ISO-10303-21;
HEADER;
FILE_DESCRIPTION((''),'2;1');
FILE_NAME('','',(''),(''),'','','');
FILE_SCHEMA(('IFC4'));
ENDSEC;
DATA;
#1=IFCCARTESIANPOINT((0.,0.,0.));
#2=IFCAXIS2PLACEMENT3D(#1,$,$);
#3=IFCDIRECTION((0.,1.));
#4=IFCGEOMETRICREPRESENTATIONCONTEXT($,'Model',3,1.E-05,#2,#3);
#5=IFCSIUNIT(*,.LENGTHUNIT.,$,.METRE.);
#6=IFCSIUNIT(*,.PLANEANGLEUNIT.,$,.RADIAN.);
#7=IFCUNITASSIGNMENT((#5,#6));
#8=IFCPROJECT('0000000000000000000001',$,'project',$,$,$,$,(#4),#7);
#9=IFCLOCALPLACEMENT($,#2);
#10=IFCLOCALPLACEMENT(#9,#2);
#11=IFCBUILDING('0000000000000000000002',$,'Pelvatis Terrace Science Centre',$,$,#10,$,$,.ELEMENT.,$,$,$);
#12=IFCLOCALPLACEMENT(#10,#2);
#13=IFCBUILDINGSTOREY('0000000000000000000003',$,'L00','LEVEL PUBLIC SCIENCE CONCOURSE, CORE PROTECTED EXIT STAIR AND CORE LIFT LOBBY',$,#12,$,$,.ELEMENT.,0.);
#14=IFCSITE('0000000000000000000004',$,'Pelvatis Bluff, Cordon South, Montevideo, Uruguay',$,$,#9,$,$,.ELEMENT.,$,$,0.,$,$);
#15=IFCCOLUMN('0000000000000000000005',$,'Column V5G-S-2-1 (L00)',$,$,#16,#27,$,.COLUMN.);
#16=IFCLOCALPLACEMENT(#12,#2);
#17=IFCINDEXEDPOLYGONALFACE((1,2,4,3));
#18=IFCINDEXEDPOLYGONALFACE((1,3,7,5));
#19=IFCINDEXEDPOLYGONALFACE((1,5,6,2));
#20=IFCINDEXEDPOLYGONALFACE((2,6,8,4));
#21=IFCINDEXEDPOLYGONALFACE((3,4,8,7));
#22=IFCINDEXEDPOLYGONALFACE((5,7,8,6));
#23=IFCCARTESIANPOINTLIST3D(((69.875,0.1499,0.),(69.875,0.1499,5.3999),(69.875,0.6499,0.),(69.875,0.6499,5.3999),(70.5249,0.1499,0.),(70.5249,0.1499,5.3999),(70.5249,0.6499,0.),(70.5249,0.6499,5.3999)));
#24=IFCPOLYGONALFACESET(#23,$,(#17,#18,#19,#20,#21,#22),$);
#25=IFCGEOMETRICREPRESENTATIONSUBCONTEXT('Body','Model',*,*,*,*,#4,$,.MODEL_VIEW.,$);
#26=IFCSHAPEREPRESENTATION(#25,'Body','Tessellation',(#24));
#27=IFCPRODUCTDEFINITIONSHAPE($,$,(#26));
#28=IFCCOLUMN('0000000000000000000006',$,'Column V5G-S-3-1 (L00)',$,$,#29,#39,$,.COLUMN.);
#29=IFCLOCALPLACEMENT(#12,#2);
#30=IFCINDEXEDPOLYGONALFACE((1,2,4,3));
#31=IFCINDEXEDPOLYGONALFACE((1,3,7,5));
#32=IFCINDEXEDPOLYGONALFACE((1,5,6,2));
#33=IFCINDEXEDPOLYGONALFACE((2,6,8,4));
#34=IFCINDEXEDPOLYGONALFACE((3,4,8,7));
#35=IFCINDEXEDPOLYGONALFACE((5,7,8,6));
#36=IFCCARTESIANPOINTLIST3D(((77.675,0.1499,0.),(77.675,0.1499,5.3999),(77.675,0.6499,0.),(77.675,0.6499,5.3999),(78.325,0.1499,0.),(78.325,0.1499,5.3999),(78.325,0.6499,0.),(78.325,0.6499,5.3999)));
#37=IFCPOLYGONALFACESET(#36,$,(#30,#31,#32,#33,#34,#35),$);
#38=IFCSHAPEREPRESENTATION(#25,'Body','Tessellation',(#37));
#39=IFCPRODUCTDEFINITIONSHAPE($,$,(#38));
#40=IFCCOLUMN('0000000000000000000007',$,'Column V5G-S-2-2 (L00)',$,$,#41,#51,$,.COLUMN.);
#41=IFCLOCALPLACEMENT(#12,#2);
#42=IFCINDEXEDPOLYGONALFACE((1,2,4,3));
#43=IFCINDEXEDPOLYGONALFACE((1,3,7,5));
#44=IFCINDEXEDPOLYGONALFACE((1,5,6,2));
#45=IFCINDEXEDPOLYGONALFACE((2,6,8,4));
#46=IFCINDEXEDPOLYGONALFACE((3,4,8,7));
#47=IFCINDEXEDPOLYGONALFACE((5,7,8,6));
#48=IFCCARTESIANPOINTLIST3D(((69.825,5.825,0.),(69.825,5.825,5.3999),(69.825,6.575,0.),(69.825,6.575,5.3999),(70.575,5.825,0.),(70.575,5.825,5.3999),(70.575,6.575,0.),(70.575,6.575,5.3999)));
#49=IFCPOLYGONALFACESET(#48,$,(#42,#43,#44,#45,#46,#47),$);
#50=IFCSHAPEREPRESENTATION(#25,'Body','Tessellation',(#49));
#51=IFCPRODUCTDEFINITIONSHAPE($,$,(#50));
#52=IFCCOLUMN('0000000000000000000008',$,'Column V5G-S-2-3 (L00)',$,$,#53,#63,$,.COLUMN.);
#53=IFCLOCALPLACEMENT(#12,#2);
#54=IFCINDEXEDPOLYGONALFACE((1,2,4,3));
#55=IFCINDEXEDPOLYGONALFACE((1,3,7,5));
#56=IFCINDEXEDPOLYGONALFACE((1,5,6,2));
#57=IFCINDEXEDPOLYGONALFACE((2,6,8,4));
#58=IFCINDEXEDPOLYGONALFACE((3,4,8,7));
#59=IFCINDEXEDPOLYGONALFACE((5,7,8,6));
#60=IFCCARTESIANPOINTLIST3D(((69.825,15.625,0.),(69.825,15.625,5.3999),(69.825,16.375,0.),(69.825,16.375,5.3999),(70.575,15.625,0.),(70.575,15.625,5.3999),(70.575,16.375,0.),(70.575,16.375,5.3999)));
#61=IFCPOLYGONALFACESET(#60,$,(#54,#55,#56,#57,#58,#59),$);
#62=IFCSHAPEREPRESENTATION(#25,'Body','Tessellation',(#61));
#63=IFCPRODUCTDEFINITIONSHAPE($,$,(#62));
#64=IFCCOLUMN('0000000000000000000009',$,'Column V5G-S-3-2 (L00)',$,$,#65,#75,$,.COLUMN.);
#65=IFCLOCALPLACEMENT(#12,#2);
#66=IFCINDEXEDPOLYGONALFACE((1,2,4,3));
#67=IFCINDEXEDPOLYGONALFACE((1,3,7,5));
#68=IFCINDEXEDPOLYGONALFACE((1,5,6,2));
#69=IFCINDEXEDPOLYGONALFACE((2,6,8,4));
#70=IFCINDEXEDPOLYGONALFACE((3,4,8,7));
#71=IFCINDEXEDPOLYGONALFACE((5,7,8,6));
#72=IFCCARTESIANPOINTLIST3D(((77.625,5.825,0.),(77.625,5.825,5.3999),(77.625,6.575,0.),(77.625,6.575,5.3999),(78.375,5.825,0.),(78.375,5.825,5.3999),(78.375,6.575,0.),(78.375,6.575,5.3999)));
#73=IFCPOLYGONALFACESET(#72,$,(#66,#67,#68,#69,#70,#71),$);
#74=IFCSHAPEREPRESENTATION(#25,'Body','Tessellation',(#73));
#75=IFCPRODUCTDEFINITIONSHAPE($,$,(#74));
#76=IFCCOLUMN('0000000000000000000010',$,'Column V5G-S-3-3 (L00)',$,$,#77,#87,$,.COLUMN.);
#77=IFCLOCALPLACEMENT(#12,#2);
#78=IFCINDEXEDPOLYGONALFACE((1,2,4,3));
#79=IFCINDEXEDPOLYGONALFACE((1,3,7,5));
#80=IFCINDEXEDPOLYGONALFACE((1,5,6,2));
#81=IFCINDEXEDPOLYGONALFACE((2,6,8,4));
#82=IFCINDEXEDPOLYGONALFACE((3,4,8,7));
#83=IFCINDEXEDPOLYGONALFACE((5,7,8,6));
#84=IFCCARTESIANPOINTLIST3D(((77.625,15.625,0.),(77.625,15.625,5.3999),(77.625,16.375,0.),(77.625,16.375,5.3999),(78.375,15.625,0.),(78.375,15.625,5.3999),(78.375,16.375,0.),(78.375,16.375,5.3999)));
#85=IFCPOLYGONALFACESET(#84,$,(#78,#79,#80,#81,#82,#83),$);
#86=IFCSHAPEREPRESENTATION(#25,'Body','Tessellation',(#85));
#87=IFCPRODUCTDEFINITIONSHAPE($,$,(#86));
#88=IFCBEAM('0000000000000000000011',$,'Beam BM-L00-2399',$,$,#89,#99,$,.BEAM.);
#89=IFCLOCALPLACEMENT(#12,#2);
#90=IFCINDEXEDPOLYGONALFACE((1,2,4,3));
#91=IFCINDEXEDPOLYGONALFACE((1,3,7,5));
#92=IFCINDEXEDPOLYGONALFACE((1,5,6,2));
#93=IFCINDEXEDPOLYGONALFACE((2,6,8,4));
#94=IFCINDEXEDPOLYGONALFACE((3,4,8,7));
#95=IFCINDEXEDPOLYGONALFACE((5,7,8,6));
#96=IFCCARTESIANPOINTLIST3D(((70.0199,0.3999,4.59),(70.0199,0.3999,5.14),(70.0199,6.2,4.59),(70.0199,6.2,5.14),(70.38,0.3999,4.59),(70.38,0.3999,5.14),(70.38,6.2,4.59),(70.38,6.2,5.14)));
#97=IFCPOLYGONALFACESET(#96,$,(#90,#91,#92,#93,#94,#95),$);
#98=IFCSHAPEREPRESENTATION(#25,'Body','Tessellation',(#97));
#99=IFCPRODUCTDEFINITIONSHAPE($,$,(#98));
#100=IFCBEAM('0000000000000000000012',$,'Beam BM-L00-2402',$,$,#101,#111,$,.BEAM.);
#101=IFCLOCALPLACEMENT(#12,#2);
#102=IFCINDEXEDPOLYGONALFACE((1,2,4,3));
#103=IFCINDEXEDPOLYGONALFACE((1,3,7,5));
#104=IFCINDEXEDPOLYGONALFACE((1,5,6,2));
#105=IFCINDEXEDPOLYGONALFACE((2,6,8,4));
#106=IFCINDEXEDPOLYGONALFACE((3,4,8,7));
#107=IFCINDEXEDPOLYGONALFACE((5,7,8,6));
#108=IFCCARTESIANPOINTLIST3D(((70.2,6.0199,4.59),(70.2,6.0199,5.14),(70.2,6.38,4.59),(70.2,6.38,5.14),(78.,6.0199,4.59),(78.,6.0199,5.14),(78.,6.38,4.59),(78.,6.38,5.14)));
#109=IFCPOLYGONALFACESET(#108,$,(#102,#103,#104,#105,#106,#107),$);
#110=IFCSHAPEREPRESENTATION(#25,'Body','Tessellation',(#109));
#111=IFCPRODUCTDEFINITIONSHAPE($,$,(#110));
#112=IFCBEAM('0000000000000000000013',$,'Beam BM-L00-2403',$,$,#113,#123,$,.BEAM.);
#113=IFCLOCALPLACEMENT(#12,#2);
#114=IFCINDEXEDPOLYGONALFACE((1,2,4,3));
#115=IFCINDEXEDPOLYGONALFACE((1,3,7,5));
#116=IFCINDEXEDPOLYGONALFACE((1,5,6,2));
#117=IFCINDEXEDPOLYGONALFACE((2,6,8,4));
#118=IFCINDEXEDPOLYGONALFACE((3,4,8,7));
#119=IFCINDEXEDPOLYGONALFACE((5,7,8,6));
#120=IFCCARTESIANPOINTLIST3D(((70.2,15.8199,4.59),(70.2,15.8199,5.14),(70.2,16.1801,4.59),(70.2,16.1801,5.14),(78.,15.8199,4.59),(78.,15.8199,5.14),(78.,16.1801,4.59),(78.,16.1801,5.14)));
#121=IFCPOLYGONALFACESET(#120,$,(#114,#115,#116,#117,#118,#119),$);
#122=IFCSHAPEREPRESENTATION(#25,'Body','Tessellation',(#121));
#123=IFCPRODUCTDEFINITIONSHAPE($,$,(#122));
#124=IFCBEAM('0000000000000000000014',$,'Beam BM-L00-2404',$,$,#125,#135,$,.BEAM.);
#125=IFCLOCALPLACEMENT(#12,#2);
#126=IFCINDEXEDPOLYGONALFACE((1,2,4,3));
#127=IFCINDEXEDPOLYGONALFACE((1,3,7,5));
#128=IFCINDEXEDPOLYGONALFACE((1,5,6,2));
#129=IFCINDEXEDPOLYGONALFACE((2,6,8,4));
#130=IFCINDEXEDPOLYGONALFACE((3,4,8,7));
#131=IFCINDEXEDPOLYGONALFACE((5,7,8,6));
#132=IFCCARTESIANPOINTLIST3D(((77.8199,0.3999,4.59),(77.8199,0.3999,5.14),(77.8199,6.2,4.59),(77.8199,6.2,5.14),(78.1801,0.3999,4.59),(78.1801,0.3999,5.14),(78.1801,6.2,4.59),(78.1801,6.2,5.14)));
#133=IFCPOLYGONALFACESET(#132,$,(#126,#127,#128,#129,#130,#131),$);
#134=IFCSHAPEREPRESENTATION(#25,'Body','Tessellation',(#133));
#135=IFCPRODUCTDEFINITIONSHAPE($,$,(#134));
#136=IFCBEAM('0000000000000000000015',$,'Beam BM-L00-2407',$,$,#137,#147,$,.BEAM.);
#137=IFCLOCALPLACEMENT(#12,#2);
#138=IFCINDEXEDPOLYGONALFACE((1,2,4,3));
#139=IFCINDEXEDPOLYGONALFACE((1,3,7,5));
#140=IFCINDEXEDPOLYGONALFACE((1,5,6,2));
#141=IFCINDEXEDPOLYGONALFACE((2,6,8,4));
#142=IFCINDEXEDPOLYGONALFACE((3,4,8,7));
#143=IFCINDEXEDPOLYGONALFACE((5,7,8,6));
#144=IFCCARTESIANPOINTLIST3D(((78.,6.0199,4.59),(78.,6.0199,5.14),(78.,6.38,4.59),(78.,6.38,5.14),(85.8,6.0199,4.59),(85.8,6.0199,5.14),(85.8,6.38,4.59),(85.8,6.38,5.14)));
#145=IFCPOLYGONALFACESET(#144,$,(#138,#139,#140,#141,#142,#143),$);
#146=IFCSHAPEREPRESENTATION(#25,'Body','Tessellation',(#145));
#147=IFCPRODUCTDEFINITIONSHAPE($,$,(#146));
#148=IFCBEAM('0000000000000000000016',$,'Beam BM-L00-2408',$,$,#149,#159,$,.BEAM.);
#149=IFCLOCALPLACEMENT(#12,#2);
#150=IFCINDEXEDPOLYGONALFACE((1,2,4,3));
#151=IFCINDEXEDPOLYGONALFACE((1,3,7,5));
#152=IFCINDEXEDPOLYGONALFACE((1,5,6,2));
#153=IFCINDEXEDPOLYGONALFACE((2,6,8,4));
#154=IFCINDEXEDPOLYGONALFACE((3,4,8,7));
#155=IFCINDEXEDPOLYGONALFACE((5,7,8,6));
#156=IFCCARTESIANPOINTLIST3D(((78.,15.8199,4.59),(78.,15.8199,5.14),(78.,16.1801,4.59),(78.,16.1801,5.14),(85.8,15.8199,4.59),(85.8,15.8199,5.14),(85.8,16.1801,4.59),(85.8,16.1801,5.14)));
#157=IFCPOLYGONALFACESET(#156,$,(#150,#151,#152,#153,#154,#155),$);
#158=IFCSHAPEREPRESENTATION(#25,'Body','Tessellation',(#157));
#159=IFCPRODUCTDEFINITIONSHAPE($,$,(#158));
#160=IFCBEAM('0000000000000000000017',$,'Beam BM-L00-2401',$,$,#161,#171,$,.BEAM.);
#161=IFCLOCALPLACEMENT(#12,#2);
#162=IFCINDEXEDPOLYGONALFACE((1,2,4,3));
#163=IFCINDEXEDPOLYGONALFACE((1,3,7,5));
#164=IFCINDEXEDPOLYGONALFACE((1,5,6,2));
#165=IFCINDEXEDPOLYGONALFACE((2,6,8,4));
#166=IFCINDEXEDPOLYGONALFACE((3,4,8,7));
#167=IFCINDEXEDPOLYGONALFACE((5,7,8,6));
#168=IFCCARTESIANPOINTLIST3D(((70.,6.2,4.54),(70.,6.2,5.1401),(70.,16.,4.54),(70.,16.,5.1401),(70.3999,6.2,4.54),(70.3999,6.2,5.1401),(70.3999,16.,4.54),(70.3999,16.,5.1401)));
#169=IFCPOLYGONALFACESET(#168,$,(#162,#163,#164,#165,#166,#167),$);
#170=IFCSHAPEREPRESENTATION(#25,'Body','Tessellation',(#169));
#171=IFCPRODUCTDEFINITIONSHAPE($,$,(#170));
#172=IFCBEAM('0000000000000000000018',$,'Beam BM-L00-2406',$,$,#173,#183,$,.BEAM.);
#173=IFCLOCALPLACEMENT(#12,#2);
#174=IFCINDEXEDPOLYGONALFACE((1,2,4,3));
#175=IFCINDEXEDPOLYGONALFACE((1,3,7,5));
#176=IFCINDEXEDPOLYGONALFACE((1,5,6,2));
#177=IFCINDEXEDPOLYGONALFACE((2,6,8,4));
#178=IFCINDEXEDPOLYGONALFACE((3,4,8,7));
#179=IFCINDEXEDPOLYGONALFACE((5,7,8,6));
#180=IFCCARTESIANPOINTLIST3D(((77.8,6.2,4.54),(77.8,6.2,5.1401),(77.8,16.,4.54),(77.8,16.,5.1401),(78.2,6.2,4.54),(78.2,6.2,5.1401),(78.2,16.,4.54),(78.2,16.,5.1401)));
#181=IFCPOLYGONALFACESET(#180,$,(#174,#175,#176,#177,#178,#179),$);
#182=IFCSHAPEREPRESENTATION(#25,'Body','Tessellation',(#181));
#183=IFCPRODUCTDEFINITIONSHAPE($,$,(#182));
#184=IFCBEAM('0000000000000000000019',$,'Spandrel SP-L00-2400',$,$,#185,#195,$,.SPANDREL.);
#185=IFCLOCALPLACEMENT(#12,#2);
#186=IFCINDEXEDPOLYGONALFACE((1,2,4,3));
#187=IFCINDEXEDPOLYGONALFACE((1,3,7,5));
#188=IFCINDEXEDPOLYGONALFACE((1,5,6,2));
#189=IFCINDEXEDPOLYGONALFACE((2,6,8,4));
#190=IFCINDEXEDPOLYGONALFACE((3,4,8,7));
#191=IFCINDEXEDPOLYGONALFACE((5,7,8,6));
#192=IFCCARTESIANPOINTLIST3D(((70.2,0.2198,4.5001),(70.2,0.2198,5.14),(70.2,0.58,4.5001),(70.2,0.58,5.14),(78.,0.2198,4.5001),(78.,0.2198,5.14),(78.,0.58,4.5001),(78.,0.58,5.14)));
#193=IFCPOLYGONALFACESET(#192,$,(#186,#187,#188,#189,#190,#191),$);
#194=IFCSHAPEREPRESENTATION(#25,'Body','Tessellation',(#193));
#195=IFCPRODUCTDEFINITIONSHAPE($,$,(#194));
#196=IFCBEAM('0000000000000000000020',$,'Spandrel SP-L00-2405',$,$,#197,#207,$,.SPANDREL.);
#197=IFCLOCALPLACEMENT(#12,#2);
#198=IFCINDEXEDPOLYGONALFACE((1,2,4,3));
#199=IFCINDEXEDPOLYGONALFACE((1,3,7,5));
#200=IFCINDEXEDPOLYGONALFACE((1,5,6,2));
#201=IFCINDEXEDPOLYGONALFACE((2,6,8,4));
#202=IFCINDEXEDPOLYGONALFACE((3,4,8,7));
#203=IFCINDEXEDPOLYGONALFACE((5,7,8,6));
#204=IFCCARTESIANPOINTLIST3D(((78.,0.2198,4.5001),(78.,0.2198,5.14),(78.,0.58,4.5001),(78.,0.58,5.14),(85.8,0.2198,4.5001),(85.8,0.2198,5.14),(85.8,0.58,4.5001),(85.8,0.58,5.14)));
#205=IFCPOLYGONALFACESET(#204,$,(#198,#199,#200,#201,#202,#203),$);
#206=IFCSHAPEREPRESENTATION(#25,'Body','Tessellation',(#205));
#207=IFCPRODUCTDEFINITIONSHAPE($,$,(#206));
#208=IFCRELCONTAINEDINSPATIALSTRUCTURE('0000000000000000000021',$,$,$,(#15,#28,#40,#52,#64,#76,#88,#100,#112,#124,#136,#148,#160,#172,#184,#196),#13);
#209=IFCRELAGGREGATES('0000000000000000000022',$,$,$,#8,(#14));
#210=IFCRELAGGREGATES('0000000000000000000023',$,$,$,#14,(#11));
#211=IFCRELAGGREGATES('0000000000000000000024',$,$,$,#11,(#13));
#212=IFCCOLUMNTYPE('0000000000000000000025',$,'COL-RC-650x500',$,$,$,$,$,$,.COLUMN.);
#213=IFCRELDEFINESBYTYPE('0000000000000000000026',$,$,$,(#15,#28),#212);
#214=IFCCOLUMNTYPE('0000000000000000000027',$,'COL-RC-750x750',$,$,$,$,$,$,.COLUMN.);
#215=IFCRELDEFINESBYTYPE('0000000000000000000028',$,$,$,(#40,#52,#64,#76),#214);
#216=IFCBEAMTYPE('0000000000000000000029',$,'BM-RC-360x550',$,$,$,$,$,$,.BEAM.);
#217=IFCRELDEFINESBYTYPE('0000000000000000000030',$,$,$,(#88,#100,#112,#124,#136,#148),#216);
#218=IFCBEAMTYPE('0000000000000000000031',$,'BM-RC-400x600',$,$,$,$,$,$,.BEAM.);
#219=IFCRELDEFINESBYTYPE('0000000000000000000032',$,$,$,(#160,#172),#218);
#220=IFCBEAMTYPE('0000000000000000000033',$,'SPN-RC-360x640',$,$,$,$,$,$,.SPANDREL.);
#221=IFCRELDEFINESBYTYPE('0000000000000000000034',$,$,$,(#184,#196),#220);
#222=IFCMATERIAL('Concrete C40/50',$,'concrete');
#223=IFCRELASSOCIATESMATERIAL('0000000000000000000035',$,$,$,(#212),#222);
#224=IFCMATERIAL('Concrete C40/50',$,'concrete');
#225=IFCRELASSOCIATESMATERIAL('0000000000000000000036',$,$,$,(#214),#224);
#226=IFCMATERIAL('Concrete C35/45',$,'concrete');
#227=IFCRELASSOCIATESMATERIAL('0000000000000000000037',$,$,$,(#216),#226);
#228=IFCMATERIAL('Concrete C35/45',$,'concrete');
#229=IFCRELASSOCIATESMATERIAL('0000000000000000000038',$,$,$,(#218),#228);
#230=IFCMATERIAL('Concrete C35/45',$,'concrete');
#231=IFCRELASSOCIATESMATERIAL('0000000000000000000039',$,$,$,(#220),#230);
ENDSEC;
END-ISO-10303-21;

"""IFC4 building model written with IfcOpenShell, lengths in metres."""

from ifc_helpers import new_model, si_unit, direction, frame, origin, origin_2d, place, context, subcontext, project, spatial, rectangle, extrude, material, material_profile, profile_set, type_object, element, save


model = new_model("IFC4")

# Units and contexts
model_context = context("Model", 3, precision=1e-05, world=origin(), true_north=direction((0.0, 1.0)))
body_context = subcontext(model_context, "Body", "Model", "MODEL_VIEW")
ifc_project = project(units=[si_unit("LENGTHUNIT", "METRE"), si_unit("PLANEANGLEUNIT", "RADIAN")], contexts=[model_context])

# Site, building, storey
site_placement = place(None, origin())
site = spatial("IfcSite", under=ifc_project, at=site_placement, Name="Pelvatis Bluff, Cordon South, Montevideo, Uruguay", CompositionType="ELEMENT", RefElevation=0.0)
building_placement = place(site_placement, origin())
building = spatial("IfcBuilding", under=site, at=building_placement, Name="Pelvatis Terrace Science Centre", CompositionType="ELEMENT")
storey_placement = place(building_placement, origin())
storey = spatial("IfcBuildingStorey", under=building, at=storey_placement, Name="L00", Description="LEVEL PUBLIC SCIENCE CONCOURSE, CORE PROTECTED EXIT STAIR AND CORE LIFT LOBBY", CompositionType="ELEMENT", Elevation=0.0)

# Columns
ifc_material_1 = material(Name="Concrete C40/50", Category="concrete")
ifc_material_profile_1 = material_profile(ifc_material_1, rectangle(XDim=0.6499, YDim=0.5, at=origin_2d()), Name="RC-COL 650x500")
ifc_profile_set_1 = profile_set([ifc_material_profile_1], Name="Concrete C40/50")
column_type_1 = type_object("IfcColumnType", Name="COL-RC-650x500", PredefinedType="COLUMN", material=ifc_profile_set_1)
for number, where, z_axis, x_axis, name in (
    (1, (70.2, 0.3999, 0.0), (0.0, 0.0, 1.0), (1.0, 0.0, 0.0), "Column V5G-S-2-1 (L00)"),
    (2, (78.0, 0.3999, 0.0), (0.0, 0.0, 1.0), (1.0, 0.0, 0.0), "Column V5G-S-3-1 (L00)"),
):
    element("IfcColumn", number, at=place(storey_placement, frame(where, z_axis=z_axis, x_axis=x_axis)), inside=storey, type_object=column_type_1, Name=name, PredefinedType="COLUMN", context=body_context, shape_type="SweptSolid", body=[
        extrude(rectangle(XDim=0.6499, YDim=0.5, at=origin_2d()), origin(), (0.0, 0.0, 1.0), 5.3999),
    ])
ifc_material_2 = material(Name="Concrete C40/50", Category="concrete")
ifc_material_profile_2 = material_profile(ifc_material_2, rectangle(XDim=0.75, YDim=0.75, at=origin_2d()), Name="RC-COL 750x750")
ifc_profile_set_2 = profile_set([ifc_material_profile_2], Name="Concrete C40/50")
column_type_2 = type_object("IfcColumnType", Name="COL-RC-750x750", PredefinedType="COLUMN", material=ifc_profile_set_2)
for number, where, z_axis, x_axis, name in (
    (3, (70.2, 6.2, 0.0), (0.0, 0.0, 1.0), (1.0, 0.0, 0.0), "Column V5G-S-2-2 (L00)"),
    (4, (70.2, 16.0, 0.0), (0.0, 0.0, 1.0), (1.0, 0.0, 0.0), "Column V5G-S-2-3 (L00)"),
    (5, (78.0, 6.2, 0.0), (0.0, 0.0, 1.0), (1.0, 0.0, 0.0), "Column V5G-S-3-2 (L00)"),
    (6, (78.0, 16.0, 0.0), (0.0, 0.0, 1.0), (1.0, 0.0, 0.0), "Column V5G-S-3-3 (L00)"),
):
    element("IfcColumn", number, at=place(storey_placement, frame(where, z_axis=z_axis, x_axis=x_axis)), inside=storey, type_object=column_type_2, Name=name, PredefinedType="COLUMN", context=body_context, shape_type="SweptSolid", body=[
        extrude(rectangle(XDim=0.75, YDim=0.75, at=origin_2d()), origin(), (0.0, 0.0, 1.0), 5.3999),
    ])

# Beams
ifc_material_3 = material(Name="Concrete C35/45", Category="concrete")
ifc_material_profile_3 = material_profile(ifc_material_3, rectangle(XDim=0.3601, YDim=0.55, at=origin_2d()), Name="RC-BM 360x550")
ifc_profile_set_3 = profile_set([ifc_material_profile_3], Name="Concrete C35/45")
beam_type_1 = type_object("IfcBeamType", Name="BM-RC-360x550", PredefinedType="BEAM", material=ifc_profile_set_3)
beam_1_placement = place(storey_placement, frame((70.2, 0.3999, 4.865), z_axis=(0.0, 1.0, 0.0), x_axis=(-1.0, 0.0, 0.0)))
element("IfcBeam", 7, at=beam_1_placement, inside=storey, type_object=beam_type_1, Name="Beam BM-L00-2399", PredefinedType="BEAM", context=body_context, shape_type="SweptSolid", body=[
    extrude(rectangle(XDim=0.3601, YDim=0.55, at=origin_2d()), origin(), (0.0, 0.0, 1.0), 5.8),
])
for number, where, z_axis, x_axis, name in (
    (8, (70.2, 6.2, 4.865), (1.0, 0.0, 0.0), (0.0, 1.0, 0.0), "Beam BM-L00-2402"),
    (9, (70.2, 16.0, 4.865), (1.0, 0.0, 0.0), (0.0, 1.0, 0.0), "Beam BM-L00-2403"),
):
    element("IfcBeam", number, at=place(storey_placement, frame(where, z_axis=z_axis, x_axis=x_axis)), inside=storey, type_object=beam_type_1, Name=name, PredefinedType="BEAM", context=body_context, shape_type="SweptSolid", body=[
        extrude(rectangle(XDim=0.3601, YDim=0.55, at=origin_2d()), origin(), (0.0, 0.0, 1.0), 7.8),
    ])
beam_2_placement = place(storey_placement, frame((78.0, 0.3999, 4.865), z_axis=(0.0, 1.0, 0.0), x_axis=(-1.0, 0.0, 0.0)))
element("IfcBeam", 10, at=beam_2_placement, inside=storey, type_object=beam_type_1, Name="Beam BM-L00-2404", PredefinedType="BEAM", context=body_context, shape_type="SweptSolid", body=[
    extrude(rectangle(XDim=0.3601, YDim=0.55, at=origin_2d()), origin(), (0.0, 0.0, 1.0), 5.8),
])
for number, where, z_axis, x_axis, name in (
    (11, (78.0, 6.2, 4.865), (1.0, 0.0, 0.0), (0.0, 1.0, 0.0), "Beam BM-L00-2407"),
    (12, (78.0, 16.0, 4.865), (1.0, 0.0, 0.0), (0.0, 1.0, 0.0), "Beam BM-L00-2408"),
):
    element("IfcBeam", number, at=place(storey_placement, frame(where, z_axis=z_axis, x_axis=x_axis)), inside=storey, type_object=beam_type_1, Name=name, PredefinedType="BEAM", context=body_context, shape_type="SweptSolid", body=[
        extrude(rectangle(XDim=0.3601, YDim=0.55, at=origin_2d()), origin(), (0.0, 0.0, 1.0), 7.8),
    ])
ifc_material_4 = material(Name="Concrete C35/45", Category="concrete")
ifc_material_profile_4 = material_profile(ifc_material_4, rectangle(XDim=0.3999, YDim=0.6001, at=origin_2d()), Name="RC-BM 400x600")
ifc_profile_set_4 = profile_set([ifc_material_profile_4], Name="Concrete C35/45")
beam_type_2 = type_object("IfcBeamType", Name="BM-RC-400x600", PredefinedType="BEAM", material=ifc_profile_set_4)
for number, where, z_axis, x_axis, name in (
    (13, (70.2, 6.2, 4.8401), (0.0, 1.0, 0.0), (-1.0, 0.0, 0.0), "Beam BM-L00-2401"),
    (14, (78.0, 6.2, 4.8401), (0.0, 1.0, 0.0), (-1.0, 0.0, 0.0), "Beam BM-L00-2406"),
):
    element("IfcBeam", number, at=place(storey_placement, frame(where, z_axis=z_axis, x_axis=x_axis)), inside=storey, type_object=beam_type_2, Name=name, PredefinedType="BEAM", context=body_context, shape_type="SweptSolid", body=[
        extrude(rectangle(XDim=0.3999, YDim=0.6001, at=origin_2d()), origin(), (0.0, 0.0, 1.0), 9.8),
    ])
ifc_material_5 = material(Name="Concrete C35/45", Category="concrete")
ifc_material_profile_5 = material_profile(ifc_material_5, rectangle(XDim=0.3601, YDim=0.6399, at=origin_2d()), Name="RC-SPN 360x640")
ifc_profile_set_5 = profile_set([ifc_material_profile_5], Name="Concrete C35/45")
beam_type_3 = type_object("IfcBeamType", Name="SPN-RC-360x640", PredefinedType="SPANDREL", material=ifc_profile_set_5)
for number, where, z_axis, x_axis, name in (
    (15, (70.2, 0.3999, 4.8201), (1.0, 0.0, 0.0), (0.0, 1.0, 0.0), "Spandrel SP-L00-2400"),
    (16, (78.0, 0.3999, 4.8201), (1.0, 0.0, 0.0), (0.0, 1.0, 0.0), "Spandrel SP-L00-2405"),
):
    element("IfcBeam", number, at=place(storey_placement, frame(where, z_axis=z_axis, x_axis=x_axis)), inside=storey, type_object=beam_type_3, Name=name, PredefinedType="SPANDREL", context=body_context, shape_type="SweptSolid", body=[
        extrude(rectangle(XDim=0.3601, YDim=0.6399, at=origin_2d()), origin(), (0.0, 0.0, 1.0), 7.8),
    ])

save(model, "model.ifc")
